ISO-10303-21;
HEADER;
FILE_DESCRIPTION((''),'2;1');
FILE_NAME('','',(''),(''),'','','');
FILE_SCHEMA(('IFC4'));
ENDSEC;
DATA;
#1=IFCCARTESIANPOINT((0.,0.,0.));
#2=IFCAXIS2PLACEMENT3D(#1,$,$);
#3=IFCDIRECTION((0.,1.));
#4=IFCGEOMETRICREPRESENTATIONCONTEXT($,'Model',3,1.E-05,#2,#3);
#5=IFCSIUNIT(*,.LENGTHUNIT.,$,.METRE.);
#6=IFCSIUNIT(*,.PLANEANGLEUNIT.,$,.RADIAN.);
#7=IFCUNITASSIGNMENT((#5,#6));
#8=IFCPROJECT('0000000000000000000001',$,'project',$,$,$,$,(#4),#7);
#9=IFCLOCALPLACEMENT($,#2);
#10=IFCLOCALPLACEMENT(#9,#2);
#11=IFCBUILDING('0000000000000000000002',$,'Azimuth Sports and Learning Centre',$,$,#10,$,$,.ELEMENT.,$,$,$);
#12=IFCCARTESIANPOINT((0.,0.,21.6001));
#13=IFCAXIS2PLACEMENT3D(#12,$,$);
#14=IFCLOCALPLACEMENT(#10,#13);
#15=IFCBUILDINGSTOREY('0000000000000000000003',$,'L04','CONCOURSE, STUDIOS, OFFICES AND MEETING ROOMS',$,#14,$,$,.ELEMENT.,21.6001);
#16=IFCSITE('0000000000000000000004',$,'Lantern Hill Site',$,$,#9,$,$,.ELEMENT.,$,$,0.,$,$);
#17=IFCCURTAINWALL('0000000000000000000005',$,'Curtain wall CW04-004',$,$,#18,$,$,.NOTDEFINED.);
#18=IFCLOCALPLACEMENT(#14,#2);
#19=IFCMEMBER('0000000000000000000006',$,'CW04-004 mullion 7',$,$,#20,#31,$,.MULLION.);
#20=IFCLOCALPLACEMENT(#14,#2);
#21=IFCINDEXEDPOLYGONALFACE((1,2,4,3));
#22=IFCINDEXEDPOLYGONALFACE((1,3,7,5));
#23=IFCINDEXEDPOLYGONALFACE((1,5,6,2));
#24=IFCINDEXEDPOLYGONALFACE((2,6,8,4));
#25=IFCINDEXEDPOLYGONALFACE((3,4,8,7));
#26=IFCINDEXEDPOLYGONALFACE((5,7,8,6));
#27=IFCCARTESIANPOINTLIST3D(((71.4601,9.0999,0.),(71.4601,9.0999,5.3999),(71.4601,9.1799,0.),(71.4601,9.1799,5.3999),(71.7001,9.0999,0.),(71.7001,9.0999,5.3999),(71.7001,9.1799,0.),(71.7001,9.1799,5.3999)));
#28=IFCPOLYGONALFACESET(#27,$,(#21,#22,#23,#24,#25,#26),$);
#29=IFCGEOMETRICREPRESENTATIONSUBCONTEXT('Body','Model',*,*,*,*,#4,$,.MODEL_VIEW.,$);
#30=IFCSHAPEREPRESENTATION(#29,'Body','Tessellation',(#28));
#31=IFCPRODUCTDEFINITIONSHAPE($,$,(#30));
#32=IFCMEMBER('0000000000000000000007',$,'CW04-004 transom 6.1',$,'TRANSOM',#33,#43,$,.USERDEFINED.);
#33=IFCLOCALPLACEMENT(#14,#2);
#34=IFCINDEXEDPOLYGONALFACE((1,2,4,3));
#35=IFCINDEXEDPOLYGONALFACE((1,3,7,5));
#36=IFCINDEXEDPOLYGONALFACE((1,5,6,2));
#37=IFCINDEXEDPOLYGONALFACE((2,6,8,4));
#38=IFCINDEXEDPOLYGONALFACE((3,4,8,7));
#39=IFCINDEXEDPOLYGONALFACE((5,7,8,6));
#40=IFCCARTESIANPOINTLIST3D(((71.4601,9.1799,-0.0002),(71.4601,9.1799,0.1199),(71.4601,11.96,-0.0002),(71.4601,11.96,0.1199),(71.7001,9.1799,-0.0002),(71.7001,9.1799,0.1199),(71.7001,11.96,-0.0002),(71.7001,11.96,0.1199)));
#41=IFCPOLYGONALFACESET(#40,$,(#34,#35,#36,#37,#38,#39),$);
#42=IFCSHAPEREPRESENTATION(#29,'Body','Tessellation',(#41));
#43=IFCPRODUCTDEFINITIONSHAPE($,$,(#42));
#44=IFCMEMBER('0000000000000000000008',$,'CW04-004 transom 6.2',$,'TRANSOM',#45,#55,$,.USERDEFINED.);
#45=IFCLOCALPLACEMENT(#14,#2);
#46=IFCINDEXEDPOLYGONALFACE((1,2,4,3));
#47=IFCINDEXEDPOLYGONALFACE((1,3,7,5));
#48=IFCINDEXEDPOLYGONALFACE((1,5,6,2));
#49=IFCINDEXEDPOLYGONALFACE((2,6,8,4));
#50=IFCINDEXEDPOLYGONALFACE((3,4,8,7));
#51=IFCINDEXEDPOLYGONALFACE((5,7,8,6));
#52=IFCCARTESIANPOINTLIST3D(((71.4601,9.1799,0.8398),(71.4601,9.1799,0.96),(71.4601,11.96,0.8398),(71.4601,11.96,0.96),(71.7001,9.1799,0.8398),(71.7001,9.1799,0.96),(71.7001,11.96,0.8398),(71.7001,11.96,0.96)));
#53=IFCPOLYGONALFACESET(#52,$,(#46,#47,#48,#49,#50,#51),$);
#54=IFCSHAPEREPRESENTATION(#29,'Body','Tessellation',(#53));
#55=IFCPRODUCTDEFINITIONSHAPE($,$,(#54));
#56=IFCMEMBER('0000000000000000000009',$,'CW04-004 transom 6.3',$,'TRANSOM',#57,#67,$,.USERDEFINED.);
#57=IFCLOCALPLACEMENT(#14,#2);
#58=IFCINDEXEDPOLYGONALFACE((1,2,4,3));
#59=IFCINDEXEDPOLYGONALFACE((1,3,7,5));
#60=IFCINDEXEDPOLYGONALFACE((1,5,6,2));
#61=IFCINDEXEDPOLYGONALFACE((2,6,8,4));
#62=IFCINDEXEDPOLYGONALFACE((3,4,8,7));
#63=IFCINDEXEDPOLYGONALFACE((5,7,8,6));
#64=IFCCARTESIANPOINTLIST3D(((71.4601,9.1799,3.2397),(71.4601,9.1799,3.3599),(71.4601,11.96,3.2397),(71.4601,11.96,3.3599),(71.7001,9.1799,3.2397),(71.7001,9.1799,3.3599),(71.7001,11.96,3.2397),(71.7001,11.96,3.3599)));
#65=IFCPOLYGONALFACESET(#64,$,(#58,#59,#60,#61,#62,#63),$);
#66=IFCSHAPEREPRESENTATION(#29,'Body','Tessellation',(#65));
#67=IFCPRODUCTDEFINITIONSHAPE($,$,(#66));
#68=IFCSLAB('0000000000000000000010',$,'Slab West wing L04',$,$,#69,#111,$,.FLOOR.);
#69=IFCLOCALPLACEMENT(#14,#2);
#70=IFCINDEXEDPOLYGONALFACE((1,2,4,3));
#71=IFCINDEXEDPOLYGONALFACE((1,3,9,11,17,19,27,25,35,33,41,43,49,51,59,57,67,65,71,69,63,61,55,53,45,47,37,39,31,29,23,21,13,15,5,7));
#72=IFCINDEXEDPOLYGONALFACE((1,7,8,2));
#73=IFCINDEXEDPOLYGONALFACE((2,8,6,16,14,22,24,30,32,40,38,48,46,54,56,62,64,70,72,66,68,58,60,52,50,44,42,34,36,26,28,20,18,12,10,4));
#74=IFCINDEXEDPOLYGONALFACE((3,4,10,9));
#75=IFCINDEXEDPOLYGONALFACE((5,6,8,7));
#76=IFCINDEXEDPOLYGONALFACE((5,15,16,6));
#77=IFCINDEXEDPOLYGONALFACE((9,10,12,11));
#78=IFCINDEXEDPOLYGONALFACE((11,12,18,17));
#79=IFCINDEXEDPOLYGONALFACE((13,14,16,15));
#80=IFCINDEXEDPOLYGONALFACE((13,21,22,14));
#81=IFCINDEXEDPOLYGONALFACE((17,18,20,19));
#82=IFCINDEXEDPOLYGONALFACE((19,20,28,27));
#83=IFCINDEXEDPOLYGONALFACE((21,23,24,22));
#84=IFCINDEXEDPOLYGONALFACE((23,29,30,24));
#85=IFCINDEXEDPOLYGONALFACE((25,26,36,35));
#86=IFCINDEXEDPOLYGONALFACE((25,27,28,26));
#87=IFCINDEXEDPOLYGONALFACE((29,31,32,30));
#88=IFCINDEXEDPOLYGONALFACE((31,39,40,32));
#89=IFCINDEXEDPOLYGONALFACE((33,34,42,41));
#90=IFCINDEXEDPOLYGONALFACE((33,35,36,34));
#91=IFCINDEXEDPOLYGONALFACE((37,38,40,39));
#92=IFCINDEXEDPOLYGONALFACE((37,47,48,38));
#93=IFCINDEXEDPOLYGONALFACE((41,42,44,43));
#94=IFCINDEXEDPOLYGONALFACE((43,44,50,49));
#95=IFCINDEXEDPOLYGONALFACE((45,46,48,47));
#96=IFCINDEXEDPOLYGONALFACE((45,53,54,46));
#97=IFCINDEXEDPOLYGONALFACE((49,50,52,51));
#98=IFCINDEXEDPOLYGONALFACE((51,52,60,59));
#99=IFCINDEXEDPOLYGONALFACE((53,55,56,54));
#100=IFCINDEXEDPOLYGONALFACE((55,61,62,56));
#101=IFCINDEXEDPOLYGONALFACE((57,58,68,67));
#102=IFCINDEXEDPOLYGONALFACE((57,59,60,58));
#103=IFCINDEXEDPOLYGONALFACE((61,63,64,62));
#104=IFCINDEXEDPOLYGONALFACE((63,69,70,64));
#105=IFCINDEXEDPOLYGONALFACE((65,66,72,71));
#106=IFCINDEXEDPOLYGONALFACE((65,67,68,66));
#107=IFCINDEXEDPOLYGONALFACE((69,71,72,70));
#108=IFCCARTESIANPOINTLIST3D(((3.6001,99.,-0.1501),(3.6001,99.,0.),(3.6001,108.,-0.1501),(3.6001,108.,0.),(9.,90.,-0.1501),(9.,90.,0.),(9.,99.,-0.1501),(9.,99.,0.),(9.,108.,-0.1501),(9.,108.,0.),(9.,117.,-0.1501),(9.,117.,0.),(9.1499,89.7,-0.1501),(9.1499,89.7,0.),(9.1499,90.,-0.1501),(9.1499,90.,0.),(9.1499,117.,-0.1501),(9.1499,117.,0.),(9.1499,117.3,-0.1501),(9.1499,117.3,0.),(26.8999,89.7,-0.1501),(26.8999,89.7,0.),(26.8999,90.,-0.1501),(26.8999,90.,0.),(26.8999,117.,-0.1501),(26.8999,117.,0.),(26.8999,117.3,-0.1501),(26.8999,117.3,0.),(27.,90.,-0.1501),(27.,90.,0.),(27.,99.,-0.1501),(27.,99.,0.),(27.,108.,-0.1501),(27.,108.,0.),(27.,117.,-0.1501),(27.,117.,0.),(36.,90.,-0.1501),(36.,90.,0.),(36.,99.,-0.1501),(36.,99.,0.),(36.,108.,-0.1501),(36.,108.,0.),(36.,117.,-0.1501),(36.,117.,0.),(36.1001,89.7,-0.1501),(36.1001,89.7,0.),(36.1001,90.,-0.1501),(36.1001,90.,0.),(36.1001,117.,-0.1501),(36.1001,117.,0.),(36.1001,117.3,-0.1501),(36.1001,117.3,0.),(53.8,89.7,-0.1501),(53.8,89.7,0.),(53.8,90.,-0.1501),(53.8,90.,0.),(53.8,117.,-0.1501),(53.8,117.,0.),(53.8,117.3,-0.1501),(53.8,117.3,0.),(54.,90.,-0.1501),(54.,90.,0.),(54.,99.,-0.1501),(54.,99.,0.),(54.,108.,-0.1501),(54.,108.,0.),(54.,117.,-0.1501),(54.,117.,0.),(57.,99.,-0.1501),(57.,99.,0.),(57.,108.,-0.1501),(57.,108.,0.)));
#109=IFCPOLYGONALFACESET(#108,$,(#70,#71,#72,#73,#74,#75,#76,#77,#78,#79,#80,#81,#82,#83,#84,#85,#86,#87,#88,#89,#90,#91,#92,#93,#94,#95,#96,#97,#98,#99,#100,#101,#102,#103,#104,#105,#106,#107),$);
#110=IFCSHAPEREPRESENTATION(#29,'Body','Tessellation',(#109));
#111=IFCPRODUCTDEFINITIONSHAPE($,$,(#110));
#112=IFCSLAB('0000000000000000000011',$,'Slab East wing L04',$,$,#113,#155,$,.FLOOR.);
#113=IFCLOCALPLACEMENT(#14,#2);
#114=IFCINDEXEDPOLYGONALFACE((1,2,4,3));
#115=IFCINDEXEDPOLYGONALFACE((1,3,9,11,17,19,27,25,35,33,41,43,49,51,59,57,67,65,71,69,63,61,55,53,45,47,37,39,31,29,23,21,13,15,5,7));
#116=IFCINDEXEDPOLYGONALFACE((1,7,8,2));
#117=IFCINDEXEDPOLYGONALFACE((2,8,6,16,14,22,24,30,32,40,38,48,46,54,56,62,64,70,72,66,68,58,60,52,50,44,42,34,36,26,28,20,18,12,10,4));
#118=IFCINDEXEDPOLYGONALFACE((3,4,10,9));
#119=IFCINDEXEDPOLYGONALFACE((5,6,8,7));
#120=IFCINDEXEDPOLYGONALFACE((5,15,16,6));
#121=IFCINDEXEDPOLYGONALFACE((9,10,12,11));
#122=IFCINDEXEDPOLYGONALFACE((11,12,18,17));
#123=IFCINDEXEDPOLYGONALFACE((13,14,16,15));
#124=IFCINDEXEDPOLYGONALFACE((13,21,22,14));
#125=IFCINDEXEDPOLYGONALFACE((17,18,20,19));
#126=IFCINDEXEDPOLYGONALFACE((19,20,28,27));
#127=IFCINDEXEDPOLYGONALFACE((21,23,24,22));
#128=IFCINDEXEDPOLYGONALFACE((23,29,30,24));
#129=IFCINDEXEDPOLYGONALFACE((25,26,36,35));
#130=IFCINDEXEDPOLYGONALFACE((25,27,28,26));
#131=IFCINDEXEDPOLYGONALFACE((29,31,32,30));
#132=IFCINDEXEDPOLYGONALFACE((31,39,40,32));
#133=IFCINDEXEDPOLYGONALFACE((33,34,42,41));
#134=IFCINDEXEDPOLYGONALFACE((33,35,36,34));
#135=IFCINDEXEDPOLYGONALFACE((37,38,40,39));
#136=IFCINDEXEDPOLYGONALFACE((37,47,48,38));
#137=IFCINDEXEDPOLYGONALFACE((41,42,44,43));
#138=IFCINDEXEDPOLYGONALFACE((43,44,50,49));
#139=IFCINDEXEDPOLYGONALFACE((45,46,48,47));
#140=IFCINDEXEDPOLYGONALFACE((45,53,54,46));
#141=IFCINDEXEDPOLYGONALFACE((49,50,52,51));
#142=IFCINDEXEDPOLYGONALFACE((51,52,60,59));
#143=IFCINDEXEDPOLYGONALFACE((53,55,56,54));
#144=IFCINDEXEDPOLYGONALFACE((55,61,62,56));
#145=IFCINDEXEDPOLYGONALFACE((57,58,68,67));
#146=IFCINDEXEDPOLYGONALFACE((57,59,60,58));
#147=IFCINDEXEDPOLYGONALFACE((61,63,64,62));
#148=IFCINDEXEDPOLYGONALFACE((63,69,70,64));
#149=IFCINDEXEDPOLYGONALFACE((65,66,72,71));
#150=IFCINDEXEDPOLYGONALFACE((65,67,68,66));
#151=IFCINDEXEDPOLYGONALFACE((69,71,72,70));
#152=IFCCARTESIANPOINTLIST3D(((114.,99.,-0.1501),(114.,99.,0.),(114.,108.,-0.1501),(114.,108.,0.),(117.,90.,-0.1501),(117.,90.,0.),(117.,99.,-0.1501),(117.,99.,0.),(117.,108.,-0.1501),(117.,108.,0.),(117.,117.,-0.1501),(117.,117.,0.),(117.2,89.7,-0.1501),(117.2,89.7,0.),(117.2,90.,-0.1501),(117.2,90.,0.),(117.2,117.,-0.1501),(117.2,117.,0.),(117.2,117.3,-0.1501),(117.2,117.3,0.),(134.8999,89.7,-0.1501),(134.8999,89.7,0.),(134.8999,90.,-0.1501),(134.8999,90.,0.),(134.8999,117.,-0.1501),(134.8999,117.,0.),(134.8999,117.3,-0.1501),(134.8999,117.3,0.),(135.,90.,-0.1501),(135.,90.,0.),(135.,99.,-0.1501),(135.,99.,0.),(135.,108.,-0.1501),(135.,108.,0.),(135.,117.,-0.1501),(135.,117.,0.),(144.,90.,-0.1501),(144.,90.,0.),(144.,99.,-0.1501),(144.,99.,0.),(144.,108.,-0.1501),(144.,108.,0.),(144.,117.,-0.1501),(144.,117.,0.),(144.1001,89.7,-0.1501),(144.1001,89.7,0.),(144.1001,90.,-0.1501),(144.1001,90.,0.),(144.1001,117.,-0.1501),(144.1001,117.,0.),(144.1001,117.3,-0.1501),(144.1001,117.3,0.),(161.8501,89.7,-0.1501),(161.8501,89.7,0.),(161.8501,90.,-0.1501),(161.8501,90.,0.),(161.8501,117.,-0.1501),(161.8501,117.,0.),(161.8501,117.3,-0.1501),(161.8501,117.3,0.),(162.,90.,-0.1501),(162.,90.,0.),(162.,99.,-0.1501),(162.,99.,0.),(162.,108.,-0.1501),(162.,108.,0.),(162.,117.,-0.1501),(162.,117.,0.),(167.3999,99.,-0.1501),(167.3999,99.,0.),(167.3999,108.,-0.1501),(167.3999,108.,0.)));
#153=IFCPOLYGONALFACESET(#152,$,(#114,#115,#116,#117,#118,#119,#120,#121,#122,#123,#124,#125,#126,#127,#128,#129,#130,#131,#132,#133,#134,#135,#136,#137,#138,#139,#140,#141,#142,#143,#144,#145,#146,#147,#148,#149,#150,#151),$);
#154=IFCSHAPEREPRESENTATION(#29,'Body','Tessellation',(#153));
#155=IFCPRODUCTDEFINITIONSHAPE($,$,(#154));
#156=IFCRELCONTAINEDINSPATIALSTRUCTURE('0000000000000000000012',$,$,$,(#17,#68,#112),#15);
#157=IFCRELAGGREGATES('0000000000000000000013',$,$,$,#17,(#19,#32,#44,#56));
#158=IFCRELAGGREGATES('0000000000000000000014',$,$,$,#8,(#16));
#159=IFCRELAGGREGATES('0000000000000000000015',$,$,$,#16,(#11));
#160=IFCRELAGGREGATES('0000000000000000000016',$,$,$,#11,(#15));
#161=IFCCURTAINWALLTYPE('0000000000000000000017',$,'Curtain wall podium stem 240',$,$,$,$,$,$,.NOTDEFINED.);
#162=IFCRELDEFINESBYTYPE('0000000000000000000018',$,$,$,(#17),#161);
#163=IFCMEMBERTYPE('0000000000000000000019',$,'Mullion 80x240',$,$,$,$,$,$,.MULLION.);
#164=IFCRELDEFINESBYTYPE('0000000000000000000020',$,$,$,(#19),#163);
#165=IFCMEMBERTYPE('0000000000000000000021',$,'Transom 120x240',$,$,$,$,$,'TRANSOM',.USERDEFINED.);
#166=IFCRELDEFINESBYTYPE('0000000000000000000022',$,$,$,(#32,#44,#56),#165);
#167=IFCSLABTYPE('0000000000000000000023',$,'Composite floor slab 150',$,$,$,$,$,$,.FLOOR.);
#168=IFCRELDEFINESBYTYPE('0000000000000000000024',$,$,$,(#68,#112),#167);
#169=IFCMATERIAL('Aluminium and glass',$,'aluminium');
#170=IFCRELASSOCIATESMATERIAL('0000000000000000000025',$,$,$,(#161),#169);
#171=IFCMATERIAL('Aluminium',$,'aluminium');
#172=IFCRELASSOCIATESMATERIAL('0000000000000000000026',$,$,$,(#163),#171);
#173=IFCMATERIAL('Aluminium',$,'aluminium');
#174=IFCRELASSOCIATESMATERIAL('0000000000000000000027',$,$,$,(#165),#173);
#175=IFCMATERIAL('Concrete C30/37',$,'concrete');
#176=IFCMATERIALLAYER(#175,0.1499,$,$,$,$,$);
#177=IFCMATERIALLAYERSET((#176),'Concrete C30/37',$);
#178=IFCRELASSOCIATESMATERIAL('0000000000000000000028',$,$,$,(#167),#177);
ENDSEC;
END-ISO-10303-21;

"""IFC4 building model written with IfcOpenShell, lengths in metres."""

from ifc_helpers import new_model, si_unit, direction, frame, origin, origin_2d, place, context, subcontext, project, spatial, polyline, rectangle, outline, extrude, material, layer, layer_set, material_profile, profile_set, type_object, element, aggregate, save


model = new_model("IFC4")

# Units and contexts
model_context = context("Model", 3, precision=1e-05, world=origin(), true_north=direction((0.0, 1.0)))
body_context = subcontext(model_context, "Body", "Model", "MODEL_VIEW")
ifc_project = project(units=[si_unit("LENGTHUNIT", "METRE"), si_unit("PLANEANGLEUNIT", "RADIAN")], contexts=[model_context])

# Site, building, storey
site_placement = place(None, origin())
site = spatial("IfcSite", under=ifc_project, at=site_placement, Name="Lantern Hill Site", CompositionType="ELEMENT", RefElevation=0.0)
building_placement = place(site_placement, origin())
building = spatial("IfcBuilding", under=site, at=building_placement, Name="Azimuth Sports and Learning Centre", CompositionType="ELEMENT")
storey_placement = place(building_placement, frame((0.0, 0.0, 21.6001)))
storey = spatial("IfcBuildingStorey", under=building, at=storey_placement, Name="L04", Description="CONCOURSE, STUDIOS, OFFICES AND MEETING ROOMS", CompositionType="ELEMENT", Elevation=21.6001)

# Curtain wall, members
ifc_material_1 = material(Name="Aluminium and glass", Category="aluminium")
curtain_wall_type = type_object("IfcCurtainWallType", Name="Curtain wall podium stem 240", PredefinedType="NOTDEFINED", material=ifc_material_1)
curtain_wall_placement = place(storey_placement, origin())
curtain_wall = element("IfcCurtainWall", 1, at=curtain_wall_placement, inside=storey, type_object=curtain_wall_type, Name="Curtain wall CW04-004", PredefinedType="NOTDEFINED")
ifc_material_2 = material(Name="Aluminium", Category="aluminium")
ifc_material_profile_1 = material_profile(ifc_material_2, rectangle(XDim=0.24, YDim=0.0801, at=origin_2d()), Name="Mullion 80x240")
ifc_profile_set_1 = profile_set([ifc_material_profile_1], Name="Aluminium")
member_type_1 = type_object("IfcMemberType", Name="Mullion 80x240", PredefinedType="MULLION", material=ifc_profile_set_1)
member_1_placement = place(storey_placement, frame((71.5801, 9.1399, 0.0), z_axis=(0.0, 0.0, 1.0), x_axis=(1.0, 0.0, 0.0)))
member_1 = element("IfcMember", 2, at=member_1_placement, type_object=member_type_1, Name="CW04-004 mullion 7", PredefinedType="MULLION", context=body_context, shape_type="SweptSolid", body=[
    extrude(rectangle(XDim=0.24, YDim=0.0801, at=origin_2d()), origin(), (0.0, 0.0, 1.0), 5.3999),
])
ifc_material_3 = material(Name="Aluminium", Category="aluminium")
ifc_material_profile_2 = material_profile(ifc_material_3, rectangle(XDim=0.24, YDim=0.1201, at=origin_2d()), Name="Transom 120x240")
ifc_profile_set_2 = profile_set([ifc_material_profile_2], Name="Aluminium")
member_type_2 = type_object("IfcMemberType", Name="Transom 120x240", ElementType="TRANSOM", PredefinedType="USERDEFINED", material=ifc_profile_set_2)
member_2_placement = place(storey_placement, frame((71.5801, 11.96, 0.0598), z_axis=(0.0, -1.0, 0.0), x_axis=(1.0, 0.0, 0.0)))
member_2 = element("IfcMember", 3, at=member_2_placement, type_object=member_type_2, Name="CW04-004 transom 6.1", ObjectType="TRANSOM", PredefinedType="USERDEFINED", context=body_context, shape_type="SweptSolid", body=[
    extrude(rectangle(XDim=0.24, YDim=0.1201, at=origin_2d()), origin(), (0.0, 0.0, 1.0), 2.78),
])
member_3_placement = place(storey_placement, frame((71.5801, 11.96, 0.8999), z_axis=(0.0, -1.0, 0.0), x_axis=(1.0, 0.0, 0.0)))
member_3 = element("IfcMember", 4, at=member_3_placement, type_object=member_type_2, Name="CW04-004 transom 6.2", ObjectType="TRANSOM", PredefinedType="USERDEFINED", context=body_context, shape_type="SweptSolid", body=[
    extrude(rectangle(XDim=0.24, YDim=0.1201, at=origin_2d()), origin(), (0.0, 0.0, 1.0), 2.78),
])
member_4_placement = place(storey_placement, frame((71.5801, 11.96, 3.2998), z_axis=(0.0, -1.0, 0.0), x_axis=(1.0, 0.0, 0.0)))
member_4 = element("IfcMember", 5, at=member_4_placement, type_object=member_type_2, Name="CW04-004 transom 6.3", ObjectType="TRANSOM", PredefinedType="USERDEFINED", context=body_context, shape_type="SweptSolid", body=[
    extrude(rectangle(XDim=0.24, YDim=0.1201, at=origin_2d()), origin(), (0.0, 0.0, 1.0), 2.78),
])

# Slabs
ifc_material_4 = material(Name="Concrete C30/37", Category="concrete")
ifc_layer_1 = layer(ifc_material_4, 0.1499)
ifc_layer_set_1 = layer_set([ifc_layer_1], Name="Concrete C30/37")
slab_type_1 = type_object("IfcSlabType", Name="Composite floor slab 150", PredefinedType="FLOOR", material=ifc_layer_set_1)
slab_1_placement = place(storey_placement, frame((0.0, 0.0, -0.1501)))
element("IfcSlab", 6, at=slab_1_placement, inside=storey, type_object=slab_type_1, Name="Slab West wing L04", PredefinedType="FLOOR", context=body_context, shape_type="SweptSolid", body=[
    extrude(outline(polyline([(9.1499, 89.7), (26.8999, 89.7), (26.8999, 90.0), (27.0, 90.0), (27.0, 99.0), (36.0, 99.0), (36.0, 90.0), (36.1001, 90.0), (36.1001, 89.7), (53.8, 89.7), (53.8, 90.0), (54.0, 90.0), (54.0, 99.0), (57.0, 99.0), (57.0, 108.0), (54.0, 108.0), (54.0, 117.0), (53.8, 117.0), (53.8, 117.3), (36.1001, 117.3), (36.1001, 117.0), (36.0, 117.0), (36.0, 108.0), (27.0, 108.0), (27.0, 117.0), (26.8999, 117.0), (26.8999, 117.3), (9.1499, 117.3), (9.1499, 117.0), (9.0, 117.0), (9.0, 108.0), (3.6001, 108.0), (3.6001, 99.0), (9.0, 99.0), (9.0, 90.0), (9.1499, 90.0), (9.1499, 89.7)])), origin(), (0.0, 0.0, 1.0), 0.1501),
])
slab_2_placement = place(storey_placement, frame((0.0, 0.0, -0.1501)))
element("IfcSlab", 7, at=slab_2_placement, inside=storey, type_object=slab_type_1, Name="Slab East wing L04", PredefinedType="FLOOR", context=body_context, shape_type="SweptSolid", body=[
    extrude(outline(polyline([(117.2, 89.7), (134.8999, 89.7), (134.8999, 90.0), (135.0, 90.0), (135.0, 99.0), (144.0, 99.0), (144.0, 90.0), (144.1001, 90.0), (144.1001, 89.7), (161.8501, 89.7), (161.8501, 90.0), (162.0, 90.0), (162.0, 99.0), (167.3999, 99.0), (167.3999, 108.0), (162.0, 108.0), (162.0, 117.0), (161.8501, 117.0), (161.8501, 117.3), (144.1001, 117.3), (144.1001, 117.0), (144.0, 117.0), (144.0, 108.0), (135.0, 108.0), (135.0, 117.0), (134.8999, 117.0), (134.8999, 117.3), (117.2, 117.3), (117.2, 117.0), (117.0, 117.0), (117.0, 108.0), (114.0, 108.0), (114.0, 99.0), (117.0, 99.0), (117.0, 90.0), (117.2, 90.0), (117.2, 89.7)])), origin(), (0.0, 0.0, 1.0), 0.1501),
])

aggregate(curtain_wall, [member_1, member_2, member_3, member_4])

save(model, "model.ifc")
